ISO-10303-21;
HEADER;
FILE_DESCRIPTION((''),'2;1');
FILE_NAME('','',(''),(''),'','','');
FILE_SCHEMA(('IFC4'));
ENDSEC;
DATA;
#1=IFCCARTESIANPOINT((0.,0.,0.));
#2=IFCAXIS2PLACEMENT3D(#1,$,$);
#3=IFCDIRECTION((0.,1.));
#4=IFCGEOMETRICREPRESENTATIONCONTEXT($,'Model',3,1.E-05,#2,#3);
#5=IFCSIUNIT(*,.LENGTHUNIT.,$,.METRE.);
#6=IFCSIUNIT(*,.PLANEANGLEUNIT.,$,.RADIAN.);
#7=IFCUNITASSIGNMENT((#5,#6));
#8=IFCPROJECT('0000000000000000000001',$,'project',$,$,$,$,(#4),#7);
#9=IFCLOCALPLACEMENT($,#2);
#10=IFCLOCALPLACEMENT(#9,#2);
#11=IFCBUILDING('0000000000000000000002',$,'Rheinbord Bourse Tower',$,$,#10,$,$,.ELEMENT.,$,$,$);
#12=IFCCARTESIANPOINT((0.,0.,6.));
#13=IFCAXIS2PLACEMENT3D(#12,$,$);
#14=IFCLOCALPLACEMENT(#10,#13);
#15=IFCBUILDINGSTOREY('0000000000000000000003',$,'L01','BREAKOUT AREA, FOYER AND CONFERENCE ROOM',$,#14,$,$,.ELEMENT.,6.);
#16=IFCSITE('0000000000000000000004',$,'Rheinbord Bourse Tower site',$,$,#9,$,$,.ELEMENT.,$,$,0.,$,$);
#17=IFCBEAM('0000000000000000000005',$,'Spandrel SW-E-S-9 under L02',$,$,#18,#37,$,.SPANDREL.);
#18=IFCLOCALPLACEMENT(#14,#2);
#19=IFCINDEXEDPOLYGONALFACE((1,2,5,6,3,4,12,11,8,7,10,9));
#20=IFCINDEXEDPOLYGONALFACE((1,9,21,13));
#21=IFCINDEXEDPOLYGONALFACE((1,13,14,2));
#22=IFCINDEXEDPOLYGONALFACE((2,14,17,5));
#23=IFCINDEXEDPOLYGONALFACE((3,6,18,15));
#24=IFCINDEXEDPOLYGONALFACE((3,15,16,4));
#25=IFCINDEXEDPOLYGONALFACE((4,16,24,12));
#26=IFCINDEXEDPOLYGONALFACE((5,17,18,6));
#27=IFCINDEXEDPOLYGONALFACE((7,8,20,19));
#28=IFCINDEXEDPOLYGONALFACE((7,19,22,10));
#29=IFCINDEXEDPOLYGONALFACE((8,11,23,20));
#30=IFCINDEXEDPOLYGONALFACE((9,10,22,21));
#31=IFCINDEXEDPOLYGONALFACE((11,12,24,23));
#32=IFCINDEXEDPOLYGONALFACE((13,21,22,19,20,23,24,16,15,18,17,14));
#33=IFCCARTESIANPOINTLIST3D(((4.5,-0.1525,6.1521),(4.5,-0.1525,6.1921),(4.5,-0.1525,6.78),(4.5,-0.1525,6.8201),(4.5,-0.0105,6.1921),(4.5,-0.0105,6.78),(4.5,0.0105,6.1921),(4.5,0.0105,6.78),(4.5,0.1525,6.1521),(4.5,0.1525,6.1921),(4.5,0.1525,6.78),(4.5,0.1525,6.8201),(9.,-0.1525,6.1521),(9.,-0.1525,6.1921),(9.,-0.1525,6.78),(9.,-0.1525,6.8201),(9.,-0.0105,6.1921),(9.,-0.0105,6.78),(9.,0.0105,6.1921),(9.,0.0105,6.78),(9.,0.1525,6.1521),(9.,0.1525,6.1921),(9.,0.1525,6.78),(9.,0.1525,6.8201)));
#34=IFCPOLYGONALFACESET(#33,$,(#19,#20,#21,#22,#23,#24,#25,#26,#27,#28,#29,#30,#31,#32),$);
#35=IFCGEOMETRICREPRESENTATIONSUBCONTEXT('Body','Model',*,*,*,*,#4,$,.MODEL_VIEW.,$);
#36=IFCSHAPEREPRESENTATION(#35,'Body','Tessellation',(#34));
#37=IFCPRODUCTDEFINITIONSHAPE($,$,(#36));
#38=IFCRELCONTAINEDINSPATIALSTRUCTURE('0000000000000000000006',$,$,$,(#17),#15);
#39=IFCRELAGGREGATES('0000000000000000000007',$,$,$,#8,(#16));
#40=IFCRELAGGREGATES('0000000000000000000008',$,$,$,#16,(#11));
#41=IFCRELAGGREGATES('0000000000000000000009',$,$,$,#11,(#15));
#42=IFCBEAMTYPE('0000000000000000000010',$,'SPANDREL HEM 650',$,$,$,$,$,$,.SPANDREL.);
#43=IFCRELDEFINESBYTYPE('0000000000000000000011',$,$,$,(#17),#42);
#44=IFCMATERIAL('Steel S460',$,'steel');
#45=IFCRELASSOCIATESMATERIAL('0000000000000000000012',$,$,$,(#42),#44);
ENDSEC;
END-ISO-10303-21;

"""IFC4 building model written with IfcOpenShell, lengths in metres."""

from ifc_helpers import new_model, si_unit, direction, frame, origin, origin_2d, place, context, subcontext, project, spatial, i_section, extrude, material, material_profile, profile_set, type_object, element, save


model = new_model("IFC4")

# Units and contexts
model_context = context("Model", 3, precision=1e-05, world=origin(), true_north=direction((0.0, 1.0)))
body_context = subcontext(model_context, "Body", "Model", "MODEL_VIEW")
ifc_project = project(units=[si_unit("LENGTHUNIT", "METRE"), si_unit("PLANEANGLEUNIT", "RADIAN")], contexts=[model_context])

# Site, building, storey
site_placement = place(None, origin())
site = spatial("IfcSite", under=ifc_project, at=site_placement, Name="Rheinbord Bourse Tower site", CompositionType="ELEMENT", RefElevation=0.0)
building_placement = place(site_placement, origin())
building = spatial("IfcBuilding", under=site, at=building_placement, Name="Rheinbord Bourse Tower", CompositionType="ELEMENT")
storey_placement = place(building_placement, frame((0.0, 0.0, 6.0)))
storey = spatial("IfcBuildingStorey", under=building, at=storey_placement, Name="L01", Description="BREAKOUT AREA, FOYER AND CONFERENCE ROOM", CompositionType="ELEMENT", Elevation=6.0)

# Beam
ifc_material_1 = material(Name="Steel S460", Category="steel")
ifc_material_profile_1 = material_profile(ifc_material_1, i_section(OverallWidth=0.3049, OverallDepth=0.668, WebThickness=0.021, FlangeThickness=0.04, at=origin_2d()), Name="HEM 650")
ifc_profile_set_1 = profile_set([ifc_material_profile_1], Name="Steel S460")
beam_type_1 = type_object("IfcBeamType", Name="SPANDREL HEM 650", PredefinedType="SPANDREL", material=ifc_profile_set_1)
beam_placement = place(storey_placement, frame((4.5, 0.0, 6.4861), z_axis=(1.0, 0.0, 0.0), x_axis=(0.0, 1.0, 0.0)))
element("IfcBeam", 1, at=beam_placement, inside=storey, type_object=beam_type_1, Name="Spandrel SW-E-S-9 under L02", PredefinedType="SPANDREL", context=body_context, shape_type="SweptSolid", body=[
    extrude(i_section(OverallWidth=0.3049, OverallDepth=0.668, WebThickness=0.021, FlangeThickness=0.04, at=origin_2d()), origin(), (0.0, 0.0, 1.0), 4.5),
])

save(model, "model.ifc")
